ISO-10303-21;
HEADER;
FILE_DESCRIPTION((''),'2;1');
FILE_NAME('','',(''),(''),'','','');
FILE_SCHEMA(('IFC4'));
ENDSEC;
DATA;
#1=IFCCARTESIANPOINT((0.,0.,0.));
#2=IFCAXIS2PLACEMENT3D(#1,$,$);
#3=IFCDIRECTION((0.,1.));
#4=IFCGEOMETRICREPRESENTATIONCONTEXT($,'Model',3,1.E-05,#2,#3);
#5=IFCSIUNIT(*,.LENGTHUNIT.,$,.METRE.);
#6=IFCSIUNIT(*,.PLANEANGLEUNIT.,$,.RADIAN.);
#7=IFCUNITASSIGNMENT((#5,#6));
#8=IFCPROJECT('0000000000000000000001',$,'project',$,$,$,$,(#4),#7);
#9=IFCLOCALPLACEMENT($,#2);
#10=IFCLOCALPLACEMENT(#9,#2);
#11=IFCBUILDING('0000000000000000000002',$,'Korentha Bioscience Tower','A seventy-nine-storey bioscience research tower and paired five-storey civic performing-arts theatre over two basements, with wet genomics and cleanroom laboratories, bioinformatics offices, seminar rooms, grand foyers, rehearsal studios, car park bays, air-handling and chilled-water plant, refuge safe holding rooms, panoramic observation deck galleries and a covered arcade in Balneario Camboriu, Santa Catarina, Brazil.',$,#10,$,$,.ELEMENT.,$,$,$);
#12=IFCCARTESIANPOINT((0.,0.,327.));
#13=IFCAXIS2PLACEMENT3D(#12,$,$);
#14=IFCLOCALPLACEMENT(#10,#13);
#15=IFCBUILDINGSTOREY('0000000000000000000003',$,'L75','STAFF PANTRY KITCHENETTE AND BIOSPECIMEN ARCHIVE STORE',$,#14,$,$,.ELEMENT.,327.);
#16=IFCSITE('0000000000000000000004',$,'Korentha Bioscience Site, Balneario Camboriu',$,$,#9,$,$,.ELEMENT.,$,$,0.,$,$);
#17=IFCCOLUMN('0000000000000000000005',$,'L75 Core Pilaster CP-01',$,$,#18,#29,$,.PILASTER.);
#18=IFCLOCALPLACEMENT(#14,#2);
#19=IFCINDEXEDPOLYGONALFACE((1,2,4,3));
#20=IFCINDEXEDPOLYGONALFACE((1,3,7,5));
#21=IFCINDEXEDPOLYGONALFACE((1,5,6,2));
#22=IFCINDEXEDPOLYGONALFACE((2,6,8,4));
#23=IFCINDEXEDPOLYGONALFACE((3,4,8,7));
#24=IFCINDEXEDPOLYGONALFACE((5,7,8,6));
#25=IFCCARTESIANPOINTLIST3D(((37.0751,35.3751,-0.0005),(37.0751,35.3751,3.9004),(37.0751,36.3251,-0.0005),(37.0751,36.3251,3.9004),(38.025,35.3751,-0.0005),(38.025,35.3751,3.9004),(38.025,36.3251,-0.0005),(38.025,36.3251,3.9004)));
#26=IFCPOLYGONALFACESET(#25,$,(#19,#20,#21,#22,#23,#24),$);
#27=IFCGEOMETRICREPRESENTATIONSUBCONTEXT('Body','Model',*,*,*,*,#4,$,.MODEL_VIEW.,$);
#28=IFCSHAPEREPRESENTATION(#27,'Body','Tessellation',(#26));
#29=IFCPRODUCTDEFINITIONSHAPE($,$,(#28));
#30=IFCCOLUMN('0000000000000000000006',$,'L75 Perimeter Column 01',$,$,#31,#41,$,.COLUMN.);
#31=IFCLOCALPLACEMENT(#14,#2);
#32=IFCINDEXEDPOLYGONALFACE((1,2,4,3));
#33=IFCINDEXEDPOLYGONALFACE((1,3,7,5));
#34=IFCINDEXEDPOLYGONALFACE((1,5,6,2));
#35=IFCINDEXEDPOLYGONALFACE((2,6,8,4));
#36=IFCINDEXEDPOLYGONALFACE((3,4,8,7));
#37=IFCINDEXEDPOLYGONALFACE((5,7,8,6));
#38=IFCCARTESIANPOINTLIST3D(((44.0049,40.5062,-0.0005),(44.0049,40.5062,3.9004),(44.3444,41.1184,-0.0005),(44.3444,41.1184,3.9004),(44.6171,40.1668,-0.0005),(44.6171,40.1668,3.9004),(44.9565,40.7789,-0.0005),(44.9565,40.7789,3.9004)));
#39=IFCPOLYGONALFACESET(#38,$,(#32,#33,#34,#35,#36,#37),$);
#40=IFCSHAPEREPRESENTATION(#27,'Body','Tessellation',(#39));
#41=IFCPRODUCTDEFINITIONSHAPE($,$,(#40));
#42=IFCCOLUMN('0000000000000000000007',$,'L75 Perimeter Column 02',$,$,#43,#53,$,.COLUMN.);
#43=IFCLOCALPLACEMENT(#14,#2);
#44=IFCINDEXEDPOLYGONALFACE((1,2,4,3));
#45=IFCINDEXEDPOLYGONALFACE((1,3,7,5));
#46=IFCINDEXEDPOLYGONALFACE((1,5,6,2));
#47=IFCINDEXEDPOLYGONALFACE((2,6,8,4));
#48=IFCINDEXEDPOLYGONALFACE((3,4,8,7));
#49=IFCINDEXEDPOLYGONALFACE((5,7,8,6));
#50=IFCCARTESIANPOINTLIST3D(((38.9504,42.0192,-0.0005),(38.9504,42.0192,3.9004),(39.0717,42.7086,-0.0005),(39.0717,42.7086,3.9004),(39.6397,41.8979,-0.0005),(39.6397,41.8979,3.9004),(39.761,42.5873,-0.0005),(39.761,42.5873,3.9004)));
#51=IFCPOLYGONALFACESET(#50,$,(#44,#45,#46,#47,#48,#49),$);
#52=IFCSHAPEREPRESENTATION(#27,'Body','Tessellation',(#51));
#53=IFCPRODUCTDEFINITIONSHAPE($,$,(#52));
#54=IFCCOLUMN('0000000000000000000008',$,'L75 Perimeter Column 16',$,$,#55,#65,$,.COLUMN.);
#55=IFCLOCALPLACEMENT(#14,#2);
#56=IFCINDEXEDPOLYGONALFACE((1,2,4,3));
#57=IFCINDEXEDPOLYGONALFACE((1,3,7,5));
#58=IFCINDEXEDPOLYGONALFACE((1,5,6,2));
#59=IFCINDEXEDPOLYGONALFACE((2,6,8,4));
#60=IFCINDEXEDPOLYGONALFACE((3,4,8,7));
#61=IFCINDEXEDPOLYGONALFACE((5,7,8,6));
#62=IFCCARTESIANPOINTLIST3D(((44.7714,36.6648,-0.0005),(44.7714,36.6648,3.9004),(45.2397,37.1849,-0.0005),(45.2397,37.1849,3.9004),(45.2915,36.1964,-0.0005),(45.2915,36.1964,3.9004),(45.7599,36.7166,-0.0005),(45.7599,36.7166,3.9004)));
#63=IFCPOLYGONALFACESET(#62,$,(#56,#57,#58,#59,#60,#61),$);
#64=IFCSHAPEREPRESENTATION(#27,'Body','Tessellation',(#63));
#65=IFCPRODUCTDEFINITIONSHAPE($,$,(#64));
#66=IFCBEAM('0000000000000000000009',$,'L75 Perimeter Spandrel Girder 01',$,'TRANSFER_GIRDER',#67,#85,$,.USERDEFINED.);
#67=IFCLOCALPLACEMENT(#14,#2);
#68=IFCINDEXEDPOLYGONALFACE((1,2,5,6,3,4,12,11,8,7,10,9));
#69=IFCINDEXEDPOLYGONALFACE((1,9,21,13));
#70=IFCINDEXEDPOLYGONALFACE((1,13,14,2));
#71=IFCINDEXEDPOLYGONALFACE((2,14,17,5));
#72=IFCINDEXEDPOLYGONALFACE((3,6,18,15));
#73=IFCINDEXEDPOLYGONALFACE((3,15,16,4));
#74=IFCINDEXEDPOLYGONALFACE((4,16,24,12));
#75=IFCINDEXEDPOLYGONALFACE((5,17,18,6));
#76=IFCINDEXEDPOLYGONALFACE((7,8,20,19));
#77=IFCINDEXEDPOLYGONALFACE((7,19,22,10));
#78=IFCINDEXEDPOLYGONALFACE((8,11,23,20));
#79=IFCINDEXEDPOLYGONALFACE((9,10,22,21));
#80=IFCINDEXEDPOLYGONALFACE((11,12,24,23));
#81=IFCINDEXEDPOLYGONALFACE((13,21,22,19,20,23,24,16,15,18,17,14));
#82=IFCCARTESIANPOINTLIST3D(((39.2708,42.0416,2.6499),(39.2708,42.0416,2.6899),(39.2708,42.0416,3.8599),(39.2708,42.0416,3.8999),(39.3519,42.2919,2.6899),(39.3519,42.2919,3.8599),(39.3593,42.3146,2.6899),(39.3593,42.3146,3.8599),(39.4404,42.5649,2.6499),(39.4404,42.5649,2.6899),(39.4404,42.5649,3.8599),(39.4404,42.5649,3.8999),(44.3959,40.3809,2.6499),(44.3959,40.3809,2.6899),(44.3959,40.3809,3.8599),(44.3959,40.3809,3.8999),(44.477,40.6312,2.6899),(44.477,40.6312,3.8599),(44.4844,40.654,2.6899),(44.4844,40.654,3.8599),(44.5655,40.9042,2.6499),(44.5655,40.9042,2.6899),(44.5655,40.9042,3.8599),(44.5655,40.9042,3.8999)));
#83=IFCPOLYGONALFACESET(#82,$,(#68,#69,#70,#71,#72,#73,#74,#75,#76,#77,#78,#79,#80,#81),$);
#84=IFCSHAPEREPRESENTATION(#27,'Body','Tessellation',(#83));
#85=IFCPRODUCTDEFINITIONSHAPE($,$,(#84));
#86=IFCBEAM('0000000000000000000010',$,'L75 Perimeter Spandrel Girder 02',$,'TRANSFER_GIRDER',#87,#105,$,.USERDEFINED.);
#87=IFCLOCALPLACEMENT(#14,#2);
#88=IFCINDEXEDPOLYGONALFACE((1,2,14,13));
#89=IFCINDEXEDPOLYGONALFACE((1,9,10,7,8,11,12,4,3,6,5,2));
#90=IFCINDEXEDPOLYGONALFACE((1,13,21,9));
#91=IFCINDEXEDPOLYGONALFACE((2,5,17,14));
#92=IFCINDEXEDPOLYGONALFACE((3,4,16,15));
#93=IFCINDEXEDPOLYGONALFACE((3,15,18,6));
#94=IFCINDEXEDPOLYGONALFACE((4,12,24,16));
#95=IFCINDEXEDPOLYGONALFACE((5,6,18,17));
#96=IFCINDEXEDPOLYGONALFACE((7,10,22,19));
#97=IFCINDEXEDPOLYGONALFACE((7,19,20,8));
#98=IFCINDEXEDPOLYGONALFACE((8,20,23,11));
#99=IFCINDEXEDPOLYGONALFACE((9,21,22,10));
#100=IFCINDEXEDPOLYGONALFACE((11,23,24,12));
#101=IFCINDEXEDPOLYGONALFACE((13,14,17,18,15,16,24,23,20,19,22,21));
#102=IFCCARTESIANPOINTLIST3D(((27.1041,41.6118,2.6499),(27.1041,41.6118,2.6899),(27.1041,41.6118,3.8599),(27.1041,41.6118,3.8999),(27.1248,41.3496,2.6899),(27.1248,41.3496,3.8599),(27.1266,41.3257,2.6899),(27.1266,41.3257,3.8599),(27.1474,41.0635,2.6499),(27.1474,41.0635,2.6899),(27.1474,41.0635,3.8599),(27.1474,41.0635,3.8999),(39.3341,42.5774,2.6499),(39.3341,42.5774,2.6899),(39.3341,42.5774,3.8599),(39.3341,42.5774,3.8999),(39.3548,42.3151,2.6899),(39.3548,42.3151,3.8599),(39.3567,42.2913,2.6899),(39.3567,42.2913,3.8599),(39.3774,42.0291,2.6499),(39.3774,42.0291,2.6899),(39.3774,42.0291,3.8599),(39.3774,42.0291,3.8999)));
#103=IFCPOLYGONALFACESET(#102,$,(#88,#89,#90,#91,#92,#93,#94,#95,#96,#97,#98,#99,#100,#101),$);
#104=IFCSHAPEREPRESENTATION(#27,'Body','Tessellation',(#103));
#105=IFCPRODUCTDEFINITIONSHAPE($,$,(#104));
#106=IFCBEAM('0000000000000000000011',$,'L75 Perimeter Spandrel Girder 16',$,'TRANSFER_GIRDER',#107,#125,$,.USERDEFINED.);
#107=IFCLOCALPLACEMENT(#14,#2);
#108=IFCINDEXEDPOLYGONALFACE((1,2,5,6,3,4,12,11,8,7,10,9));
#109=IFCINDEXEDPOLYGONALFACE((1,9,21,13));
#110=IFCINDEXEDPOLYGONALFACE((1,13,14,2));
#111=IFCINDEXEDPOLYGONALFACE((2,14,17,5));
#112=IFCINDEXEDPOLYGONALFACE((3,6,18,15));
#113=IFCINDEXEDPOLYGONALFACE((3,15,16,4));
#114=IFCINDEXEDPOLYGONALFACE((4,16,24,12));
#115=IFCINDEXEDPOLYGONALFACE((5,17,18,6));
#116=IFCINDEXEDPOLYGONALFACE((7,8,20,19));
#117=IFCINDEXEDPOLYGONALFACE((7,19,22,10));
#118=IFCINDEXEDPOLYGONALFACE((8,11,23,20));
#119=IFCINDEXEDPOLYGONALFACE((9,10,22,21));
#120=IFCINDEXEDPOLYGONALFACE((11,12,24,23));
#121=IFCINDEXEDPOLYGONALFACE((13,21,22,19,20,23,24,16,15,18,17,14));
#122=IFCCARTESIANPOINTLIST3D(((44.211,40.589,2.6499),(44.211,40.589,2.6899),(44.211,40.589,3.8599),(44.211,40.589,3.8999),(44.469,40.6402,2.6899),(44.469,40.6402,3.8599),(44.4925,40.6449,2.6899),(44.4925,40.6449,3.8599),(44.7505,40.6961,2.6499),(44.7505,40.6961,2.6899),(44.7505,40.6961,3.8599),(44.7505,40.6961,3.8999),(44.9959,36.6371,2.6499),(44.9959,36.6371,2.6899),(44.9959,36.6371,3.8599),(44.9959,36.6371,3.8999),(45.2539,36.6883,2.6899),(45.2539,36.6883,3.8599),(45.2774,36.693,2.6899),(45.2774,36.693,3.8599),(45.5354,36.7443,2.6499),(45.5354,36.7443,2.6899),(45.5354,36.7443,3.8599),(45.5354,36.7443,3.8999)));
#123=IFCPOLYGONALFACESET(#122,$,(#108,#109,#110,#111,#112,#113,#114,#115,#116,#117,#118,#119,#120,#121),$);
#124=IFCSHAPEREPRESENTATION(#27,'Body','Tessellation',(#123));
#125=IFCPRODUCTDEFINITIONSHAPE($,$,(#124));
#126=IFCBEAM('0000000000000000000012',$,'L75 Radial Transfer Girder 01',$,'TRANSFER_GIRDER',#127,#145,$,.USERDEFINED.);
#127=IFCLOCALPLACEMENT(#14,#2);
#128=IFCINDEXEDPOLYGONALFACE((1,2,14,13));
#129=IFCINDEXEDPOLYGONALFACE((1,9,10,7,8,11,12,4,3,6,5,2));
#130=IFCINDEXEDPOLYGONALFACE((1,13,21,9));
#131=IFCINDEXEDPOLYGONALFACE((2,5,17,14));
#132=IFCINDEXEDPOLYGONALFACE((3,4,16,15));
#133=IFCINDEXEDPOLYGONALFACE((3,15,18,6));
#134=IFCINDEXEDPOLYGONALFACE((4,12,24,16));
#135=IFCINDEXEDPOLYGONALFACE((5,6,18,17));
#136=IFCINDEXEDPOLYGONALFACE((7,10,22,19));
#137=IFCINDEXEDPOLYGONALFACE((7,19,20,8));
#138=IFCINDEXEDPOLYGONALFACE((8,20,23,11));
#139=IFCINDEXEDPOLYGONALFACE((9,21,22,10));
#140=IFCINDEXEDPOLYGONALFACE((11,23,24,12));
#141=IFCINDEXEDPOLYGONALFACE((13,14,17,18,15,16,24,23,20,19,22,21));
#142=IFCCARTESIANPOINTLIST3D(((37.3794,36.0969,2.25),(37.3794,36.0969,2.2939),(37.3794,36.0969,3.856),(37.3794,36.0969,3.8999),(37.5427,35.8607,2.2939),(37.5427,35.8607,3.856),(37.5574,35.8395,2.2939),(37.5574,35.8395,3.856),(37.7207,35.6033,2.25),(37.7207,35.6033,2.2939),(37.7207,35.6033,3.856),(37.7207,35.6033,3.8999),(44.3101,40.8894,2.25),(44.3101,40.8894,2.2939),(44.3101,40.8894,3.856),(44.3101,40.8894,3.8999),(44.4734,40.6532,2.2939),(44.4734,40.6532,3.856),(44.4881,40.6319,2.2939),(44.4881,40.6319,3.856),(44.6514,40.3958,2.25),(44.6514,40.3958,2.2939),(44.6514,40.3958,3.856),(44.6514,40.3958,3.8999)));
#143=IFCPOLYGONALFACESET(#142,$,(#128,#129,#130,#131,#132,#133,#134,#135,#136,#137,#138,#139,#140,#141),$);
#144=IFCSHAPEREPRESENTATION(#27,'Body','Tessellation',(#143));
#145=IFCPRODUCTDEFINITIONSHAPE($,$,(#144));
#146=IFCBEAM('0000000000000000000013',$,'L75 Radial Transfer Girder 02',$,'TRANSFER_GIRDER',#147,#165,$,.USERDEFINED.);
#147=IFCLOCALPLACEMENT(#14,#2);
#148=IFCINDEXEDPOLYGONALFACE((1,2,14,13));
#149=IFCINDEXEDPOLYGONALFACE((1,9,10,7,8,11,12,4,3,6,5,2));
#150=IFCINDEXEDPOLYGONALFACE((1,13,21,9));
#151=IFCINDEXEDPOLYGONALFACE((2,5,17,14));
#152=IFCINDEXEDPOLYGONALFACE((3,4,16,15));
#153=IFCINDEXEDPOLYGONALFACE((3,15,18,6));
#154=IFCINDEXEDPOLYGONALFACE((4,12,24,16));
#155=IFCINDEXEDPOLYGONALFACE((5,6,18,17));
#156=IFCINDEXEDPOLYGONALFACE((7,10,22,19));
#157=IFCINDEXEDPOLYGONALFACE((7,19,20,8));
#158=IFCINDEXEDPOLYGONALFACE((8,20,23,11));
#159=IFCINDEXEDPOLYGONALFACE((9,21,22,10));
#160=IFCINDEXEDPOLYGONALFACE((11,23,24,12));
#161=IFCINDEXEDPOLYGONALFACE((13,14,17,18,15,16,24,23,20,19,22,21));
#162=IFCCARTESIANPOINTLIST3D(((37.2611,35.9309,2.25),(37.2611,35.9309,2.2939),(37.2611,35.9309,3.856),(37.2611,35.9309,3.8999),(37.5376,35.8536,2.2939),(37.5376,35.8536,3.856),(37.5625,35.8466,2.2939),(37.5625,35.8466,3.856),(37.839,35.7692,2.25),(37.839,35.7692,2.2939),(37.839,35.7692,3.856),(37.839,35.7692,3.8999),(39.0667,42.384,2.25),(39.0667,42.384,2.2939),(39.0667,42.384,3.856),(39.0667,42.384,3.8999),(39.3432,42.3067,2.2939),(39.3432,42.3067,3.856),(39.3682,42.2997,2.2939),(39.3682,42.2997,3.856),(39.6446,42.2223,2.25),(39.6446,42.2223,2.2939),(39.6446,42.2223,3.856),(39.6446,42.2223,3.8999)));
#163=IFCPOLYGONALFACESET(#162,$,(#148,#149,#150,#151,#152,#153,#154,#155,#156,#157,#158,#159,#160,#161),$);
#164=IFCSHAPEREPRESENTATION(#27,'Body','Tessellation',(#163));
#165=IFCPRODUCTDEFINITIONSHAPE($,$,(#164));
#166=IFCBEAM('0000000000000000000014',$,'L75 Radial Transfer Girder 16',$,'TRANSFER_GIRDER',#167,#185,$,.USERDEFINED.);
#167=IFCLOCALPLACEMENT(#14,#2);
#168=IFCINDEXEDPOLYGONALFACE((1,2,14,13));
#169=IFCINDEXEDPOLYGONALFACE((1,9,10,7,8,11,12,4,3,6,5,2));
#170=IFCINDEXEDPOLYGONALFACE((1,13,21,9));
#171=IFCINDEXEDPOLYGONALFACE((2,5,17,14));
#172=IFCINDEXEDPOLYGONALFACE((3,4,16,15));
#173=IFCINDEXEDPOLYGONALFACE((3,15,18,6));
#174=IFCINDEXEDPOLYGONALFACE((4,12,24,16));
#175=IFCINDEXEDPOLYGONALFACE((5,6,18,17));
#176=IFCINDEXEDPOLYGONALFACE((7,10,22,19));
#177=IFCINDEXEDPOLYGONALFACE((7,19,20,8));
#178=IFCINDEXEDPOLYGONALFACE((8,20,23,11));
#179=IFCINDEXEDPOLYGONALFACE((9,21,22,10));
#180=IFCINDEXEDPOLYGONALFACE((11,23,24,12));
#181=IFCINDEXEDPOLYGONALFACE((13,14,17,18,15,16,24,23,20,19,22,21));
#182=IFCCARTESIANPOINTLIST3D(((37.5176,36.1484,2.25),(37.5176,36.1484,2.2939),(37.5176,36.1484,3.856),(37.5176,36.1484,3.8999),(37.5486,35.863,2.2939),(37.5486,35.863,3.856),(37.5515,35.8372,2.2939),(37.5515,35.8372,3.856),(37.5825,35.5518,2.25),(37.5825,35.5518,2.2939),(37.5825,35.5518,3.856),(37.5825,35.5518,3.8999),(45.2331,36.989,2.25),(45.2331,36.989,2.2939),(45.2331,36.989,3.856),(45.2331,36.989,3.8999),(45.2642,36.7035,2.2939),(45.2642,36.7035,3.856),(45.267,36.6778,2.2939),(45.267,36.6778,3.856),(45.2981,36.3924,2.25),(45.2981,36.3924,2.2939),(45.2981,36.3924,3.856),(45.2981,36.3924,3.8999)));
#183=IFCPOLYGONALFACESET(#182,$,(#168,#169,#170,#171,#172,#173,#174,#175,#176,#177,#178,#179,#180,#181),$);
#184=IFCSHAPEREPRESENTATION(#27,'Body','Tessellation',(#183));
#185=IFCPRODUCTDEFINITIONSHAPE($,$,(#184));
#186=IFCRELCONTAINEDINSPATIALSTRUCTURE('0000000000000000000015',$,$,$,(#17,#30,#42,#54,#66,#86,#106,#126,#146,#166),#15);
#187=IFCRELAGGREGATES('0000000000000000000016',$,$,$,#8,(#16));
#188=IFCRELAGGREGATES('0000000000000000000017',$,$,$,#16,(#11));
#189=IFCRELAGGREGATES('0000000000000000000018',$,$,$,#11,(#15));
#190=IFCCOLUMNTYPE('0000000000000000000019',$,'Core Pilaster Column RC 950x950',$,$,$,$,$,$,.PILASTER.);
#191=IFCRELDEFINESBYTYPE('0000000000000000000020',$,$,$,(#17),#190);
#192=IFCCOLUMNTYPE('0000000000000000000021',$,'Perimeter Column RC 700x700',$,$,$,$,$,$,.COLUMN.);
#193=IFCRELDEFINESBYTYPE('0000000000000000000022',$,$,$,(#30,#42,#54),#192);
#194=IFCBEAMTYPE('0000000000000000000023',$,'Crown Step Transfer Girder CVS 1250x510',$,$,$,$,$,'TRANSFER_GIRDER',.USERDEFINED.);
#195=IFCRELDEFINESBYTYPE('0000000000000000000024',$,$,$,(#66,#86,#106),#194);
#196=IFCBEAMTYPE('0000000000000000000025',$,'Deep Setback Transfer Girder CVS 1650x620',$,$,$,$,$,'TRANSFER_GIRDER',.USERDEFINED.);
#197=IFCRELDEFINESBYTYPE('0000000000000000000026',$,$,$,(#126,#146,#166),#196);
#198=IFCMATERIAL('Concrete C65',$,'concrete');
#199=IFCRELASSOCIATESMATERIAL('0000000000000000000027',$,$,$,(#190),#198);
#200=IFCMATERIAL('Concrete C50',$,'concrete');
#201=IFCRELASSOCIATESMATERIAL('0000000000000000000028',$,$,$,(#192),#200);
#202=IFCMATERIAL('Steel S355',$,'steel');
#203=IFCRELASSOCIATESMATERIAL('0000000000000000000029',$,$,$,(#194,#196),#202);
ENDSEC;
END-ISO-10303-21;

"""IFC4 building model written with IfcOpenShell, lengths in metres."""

from ifc_helpers import new_model, si_unit, direction, frame, origin, origin_2d, place, context, subcontext, project, spatial, rectangle, i_section, extrude, material, material_profile, profile_set, type_object, element, save


model = new_model("IFC4")

# Units and contexts
model_context = context("Model", 3, precision=1e-05, world=origin(), true_north=direction((0.0, 1.0)))
body_context = subcontext(model_context, "Body", "Model", "MODEL_VIEW")
ifc_project = project(units=[si_unit("LENGTHUNIT", "METRE"), si_unit("PLANEANGLEUNIT", "RADIAN")], contexts=[model_context])

# Site, building, storey
site_placement = place(None, origin())
site = spatial("IfcSite", under=ifc_project, at=site_placement, Name="Korentha Bioscience Site, Balneario Camboriu", CompositionType="ELEMENT", RefElevation=0.0)
building_placement = place(site_placement, origin())
building = spatial("IfcBuilding", under=site, at=building_placement, Name="Korentha Bioscience Tower", Description="A seventy-nine-storey bioscience research tower and paired five-storey civic performing-arts theatre over two basements, with wet genomics and cleanroom laboratories, bioinformatics offices, seminar rooms, grand foyers, rehearsal studios, car park bays, air-handling and chilled-water plant, refuge safe holding rooms, panoramic observation deck galleries and a covered arcade in Balneario Camboriu, Santa Catarina, Brazil.", CompositionType="ELEMENT")
storey_placement = place(building_placement, frame((0.0, 0.0, 327.0)))
storey = spatial("IfcBuildingStorey", under=building, at=storey_placement, Name="L75", Description="STAFF PANTRY KITCHENETTE AND BIOSPECIMEN ARCHIVE STORE", CompositionType="ELEMENT", Elevation=327.0)

# Columns
ifc_material_1 = material(Name="Concrete C65", Category="concrete")
ifc_material_profile_1 = material_profile(ifc_material_1, rectangle(XDim=0.95, YDim=0.95, at=origin_2d()), Name="Concrete C65")
ifc_profile_set_1 = profile_set([ifc_material_profile_1], Name="Concrete C65 (COL-CP09)")
column_type_1 = type_object("IfcColumnType", Name="Core Pilaster Column RC 950x950", PredefinedType="PILASTER", material=ifc_profile_set_1)
column_placement = place(storey_placement, frame((37.55, 35.8501, -0.0005), z_axis=(0.0, 0.0, 1.0), x_axis=(1.0, 0.0, 0.0)))
element("IfcColumn", 1, at=column_placement, inside=storey, type_object=column_type_1, Name="L75 Core Pilaster CP-01", PredefinedType="PILASTER", context=body_context, shape_type="SweptSolid", body=[
    extrude(rectangle(XDim=0.95, YDim=0.95, at=origin_2d()), origin(), (0.0, 0.0, 1.0), 3.9009),
])
ifc_material_2 = material(Name="Concrete C50", Category="concrete")
ifc_material_profile_2 = material_profile(ifc_material_2, rectangle(XDim=0.7, YDim=0.7, at=origin_2d()), Name="Concrete C50")
ifc_profile_set_2 = profile_set([ifc_material_profile_2], Name="Concrete C50 (COL-P07)")
column_type_2 = type_object("IfcColumnType", Name="Perimeter Column RC 700x700", PredefinedType="COLUMN", material=ifc_profile_set_2)
for number, where, z_axis, x_axis, name in (
    (2, (44.4807, 40.6426, -0.0005), (0.0, 0.0, 1.0), (-0.874535, 0.484962, 0.0), "L75 Perimeter Column 01"),
    (3, (39.3557, 42.3032, -0.0005), (0.0, 0.0, 1.0), (-0.984868, 0.173304, 0.0), "L75 Perimeter Column 02"),
    (4, (45.2656, 36.6907, -0.0005), (0.0, 0.0, 1.0), (0.669131, 0.743145, 0.0), "L75 Perimeter Column 16"),
):
    element("IfcColumn", number, at=place(storey_placement, frame(where, z_axis=z_axis, x_axis=x_axis)), inside=storey, type_object=column_type_2, Name=name, PredefinedType="COLUMN", context=body_context, shape_type="SweptSolid", body=[
        extrude(rectangle(XDim=0.7, YDim=0.7, at=origin_2d()), origin(), (0.0, 0.0, 1.0), 3.9009),
    ])

# Beams
ifc_material_3 = material(Name="Steel S355", Category="steel")
ifc_material_profile_3 = material_profile(ifc_material_3, i_section(OverallWidth=0.55, OverallDepth=1.25, WebThickness=0.0239, FlangeThickness=0.04, at=origin_2d()), Name="Steel S355")
ifc_profile_set_3 = profile_set([ifc_material_profile_3], Name="Steel S355 (TG-03)")
beam_type_1 = type_object("IfcBeamType", Name="Crown Step Transfer Girder CVS 1250x510", ElementType="TRANSFER_GIRDER", PredefinedType="USERDEFINED", material=ifc_profile_set_3)
beam_1_placement = place(storey_placement, frame((44.4807, 40.6426, 3.2749), z_axis=(-0.951305, 0.30825, 0.0), x_axis=(-0.30825, -0.951305, 0.0)))
element("IfcBeam", 5, at=beam_1_placement, inside=storey, type_object=beam_type_1, Name="L75 Perimeter Spandrel Girder 01", ObjectType="TRANSFER_GIRDER", PredefinedType="USERDEFINED", context=body_context, shape_type="SweptSolid", body=[
    extrude(i_section(OverallWidth=0.55, OverallDepth=1.25, WebThickness=0.0239, FlangeThickness=0.04, at=origin_2d()), origin(), (0.0, 0.0, 1.0), 5.3875),
])
beam_2_placement = place(storey_placement, frame((39.3557, 42.3032, 3.2749), z_axis=(-0.996898, -0.078707, 0.0), x_axis=(0.078707, -0.996898, 0.0)))
element("IfcBeam", 6, at=beam_2_placement, inside=storey, type_object=beam_type_1, Name="L75 Perimeter Spandrel Girder 02", ObjectType="TRANSFER_GIRDER", PredefinedType="USERDEFINED", context=body_context, shape_type="SweptSolid", body=[
    extrude(i_section(OverallWidth=0.55, OverallDepth=1.25, WebThickness=0.0239, FlangeThickness=0.04, at=origin_2d()), origin(), (0.0, 0.0, 1.0), 12.2681),
])
beam_3_placement = place(storey_placement, frame((45.2656, 36.6907, 3.2749), z_axis=(-0.194811, 0.980841, 0.0), x_axis=(-0.980841, -0.194811, 0.0)))
element("IfcBeam", 7, at=beam_3_placement, inside=storey, type_object=beam_type_1, Name="L75 Perimeter Spandrel Girder 16", ObjectType="TRANSFER_GIRDER", PredefinedType="USERDEFINED", context=body_context, shape_type="SweptSolid", body=[
    extrude(i_section(OverallWidth=0.55, OverallDepth=1.25, WebThickness=0.0239, FlangeThickness=0.04, at=origin_2d()), origin(), (0.0, 0.0, 1.0), 4.0291),
])
ifc_material_profile_4 = material_profile(ifc_material_3, i_section(OverallWidth=0.6001, OverallDepth=1.6499, WebThickness=0.0259, FlangeThickness=0.0439, at=origin_2d()), Name="Steel S355")
ifc_profile_set_4 = profile_set([ifc_material_profile_4], Name="Steel S355 (TG-04)")
beam_type_2 = type_object("IfcBeamType", Name="Deep Setback Transfer Girder CVS 1650x620", ElementType="TRANSFER_GIRDER", PredefinedType="USERDEFINED", material=ifc_profile_set_4)
beam_4_placement = place(storey_placement, frame((37.55, 35.8501, 3.075), z_axis=(0.822507, 0.568755, 0.0), x_axis=(-0.568755, 0.822507, 0.0)))
element("IfcBeam", 8, at=beam_4_placement, inside=storey, type_object=beam_type_2, Name="L75 Radial Transfer Girder 01", ObjectType="TRANSFER_GIRDER", PredefinedType="USERDEFINED", context=body_context, shape_type="SweptSolid", body=[
    extrude(i_section(OverallWidth=0.6001, OverallDepth=1.6499, WebThickness=0.0259, FlangeThickness=0.0439, at=origin_2d()), origin(), (0.0, 0.0, 1.0), 8.4263),
])
beam_5_placement = place(storey_placement, frame((37.55, 35.8501, 3.075), z_axis=(0.269462, 0.963011, 0.0), x_axis=(-0.963011, 0.269462, 0.0)))
element("IfcBeam", 9, at=beam_5_placement, inside=storey, type_object=beam_type_2, Name="L75 Radial Transfer Girder 02", ObjectType="TRANSFER_GIRDER", PredefinedType="USERDEFINED", context=body_context, shape_type="SweptSolid", body=[
    extrude(i_section(OverallWidth=0.6001, OverallDepth=1.6499, WebThickness=0.0259, FlangeThickness=0.0439, at=origin_2d()), origin(), (0.0, 0.0, 1.0), 6.7009),
])
beam_6_placement = place(storey_placement, frame((37.55, 35.8501, 3.075), z_axis=(0.994118, 0.108305, 0.0), x_axis=(-0.108305, 0.994118, 0.0)))
element("IfcBeam", 10, at=beam_6_placement, inside=storey, type_object=beam_type_2, Name="L75 Radial Transfer Girder 16", ObjectType="TRANSFER_GIRDER", PredefinedType="USERDEFINED", context=body_context, shape_type="SweptSolid", body=[
    extrude(i_section(OverallWidth=0.6001, OverallDepth=1.6499, WebThickness=0.0259, FlangeThickness=0.0439, at=origin_2d()), origin(), (0.0, 0.0, 1.0), 7.7612),
])

save(model, "model.ifc")
